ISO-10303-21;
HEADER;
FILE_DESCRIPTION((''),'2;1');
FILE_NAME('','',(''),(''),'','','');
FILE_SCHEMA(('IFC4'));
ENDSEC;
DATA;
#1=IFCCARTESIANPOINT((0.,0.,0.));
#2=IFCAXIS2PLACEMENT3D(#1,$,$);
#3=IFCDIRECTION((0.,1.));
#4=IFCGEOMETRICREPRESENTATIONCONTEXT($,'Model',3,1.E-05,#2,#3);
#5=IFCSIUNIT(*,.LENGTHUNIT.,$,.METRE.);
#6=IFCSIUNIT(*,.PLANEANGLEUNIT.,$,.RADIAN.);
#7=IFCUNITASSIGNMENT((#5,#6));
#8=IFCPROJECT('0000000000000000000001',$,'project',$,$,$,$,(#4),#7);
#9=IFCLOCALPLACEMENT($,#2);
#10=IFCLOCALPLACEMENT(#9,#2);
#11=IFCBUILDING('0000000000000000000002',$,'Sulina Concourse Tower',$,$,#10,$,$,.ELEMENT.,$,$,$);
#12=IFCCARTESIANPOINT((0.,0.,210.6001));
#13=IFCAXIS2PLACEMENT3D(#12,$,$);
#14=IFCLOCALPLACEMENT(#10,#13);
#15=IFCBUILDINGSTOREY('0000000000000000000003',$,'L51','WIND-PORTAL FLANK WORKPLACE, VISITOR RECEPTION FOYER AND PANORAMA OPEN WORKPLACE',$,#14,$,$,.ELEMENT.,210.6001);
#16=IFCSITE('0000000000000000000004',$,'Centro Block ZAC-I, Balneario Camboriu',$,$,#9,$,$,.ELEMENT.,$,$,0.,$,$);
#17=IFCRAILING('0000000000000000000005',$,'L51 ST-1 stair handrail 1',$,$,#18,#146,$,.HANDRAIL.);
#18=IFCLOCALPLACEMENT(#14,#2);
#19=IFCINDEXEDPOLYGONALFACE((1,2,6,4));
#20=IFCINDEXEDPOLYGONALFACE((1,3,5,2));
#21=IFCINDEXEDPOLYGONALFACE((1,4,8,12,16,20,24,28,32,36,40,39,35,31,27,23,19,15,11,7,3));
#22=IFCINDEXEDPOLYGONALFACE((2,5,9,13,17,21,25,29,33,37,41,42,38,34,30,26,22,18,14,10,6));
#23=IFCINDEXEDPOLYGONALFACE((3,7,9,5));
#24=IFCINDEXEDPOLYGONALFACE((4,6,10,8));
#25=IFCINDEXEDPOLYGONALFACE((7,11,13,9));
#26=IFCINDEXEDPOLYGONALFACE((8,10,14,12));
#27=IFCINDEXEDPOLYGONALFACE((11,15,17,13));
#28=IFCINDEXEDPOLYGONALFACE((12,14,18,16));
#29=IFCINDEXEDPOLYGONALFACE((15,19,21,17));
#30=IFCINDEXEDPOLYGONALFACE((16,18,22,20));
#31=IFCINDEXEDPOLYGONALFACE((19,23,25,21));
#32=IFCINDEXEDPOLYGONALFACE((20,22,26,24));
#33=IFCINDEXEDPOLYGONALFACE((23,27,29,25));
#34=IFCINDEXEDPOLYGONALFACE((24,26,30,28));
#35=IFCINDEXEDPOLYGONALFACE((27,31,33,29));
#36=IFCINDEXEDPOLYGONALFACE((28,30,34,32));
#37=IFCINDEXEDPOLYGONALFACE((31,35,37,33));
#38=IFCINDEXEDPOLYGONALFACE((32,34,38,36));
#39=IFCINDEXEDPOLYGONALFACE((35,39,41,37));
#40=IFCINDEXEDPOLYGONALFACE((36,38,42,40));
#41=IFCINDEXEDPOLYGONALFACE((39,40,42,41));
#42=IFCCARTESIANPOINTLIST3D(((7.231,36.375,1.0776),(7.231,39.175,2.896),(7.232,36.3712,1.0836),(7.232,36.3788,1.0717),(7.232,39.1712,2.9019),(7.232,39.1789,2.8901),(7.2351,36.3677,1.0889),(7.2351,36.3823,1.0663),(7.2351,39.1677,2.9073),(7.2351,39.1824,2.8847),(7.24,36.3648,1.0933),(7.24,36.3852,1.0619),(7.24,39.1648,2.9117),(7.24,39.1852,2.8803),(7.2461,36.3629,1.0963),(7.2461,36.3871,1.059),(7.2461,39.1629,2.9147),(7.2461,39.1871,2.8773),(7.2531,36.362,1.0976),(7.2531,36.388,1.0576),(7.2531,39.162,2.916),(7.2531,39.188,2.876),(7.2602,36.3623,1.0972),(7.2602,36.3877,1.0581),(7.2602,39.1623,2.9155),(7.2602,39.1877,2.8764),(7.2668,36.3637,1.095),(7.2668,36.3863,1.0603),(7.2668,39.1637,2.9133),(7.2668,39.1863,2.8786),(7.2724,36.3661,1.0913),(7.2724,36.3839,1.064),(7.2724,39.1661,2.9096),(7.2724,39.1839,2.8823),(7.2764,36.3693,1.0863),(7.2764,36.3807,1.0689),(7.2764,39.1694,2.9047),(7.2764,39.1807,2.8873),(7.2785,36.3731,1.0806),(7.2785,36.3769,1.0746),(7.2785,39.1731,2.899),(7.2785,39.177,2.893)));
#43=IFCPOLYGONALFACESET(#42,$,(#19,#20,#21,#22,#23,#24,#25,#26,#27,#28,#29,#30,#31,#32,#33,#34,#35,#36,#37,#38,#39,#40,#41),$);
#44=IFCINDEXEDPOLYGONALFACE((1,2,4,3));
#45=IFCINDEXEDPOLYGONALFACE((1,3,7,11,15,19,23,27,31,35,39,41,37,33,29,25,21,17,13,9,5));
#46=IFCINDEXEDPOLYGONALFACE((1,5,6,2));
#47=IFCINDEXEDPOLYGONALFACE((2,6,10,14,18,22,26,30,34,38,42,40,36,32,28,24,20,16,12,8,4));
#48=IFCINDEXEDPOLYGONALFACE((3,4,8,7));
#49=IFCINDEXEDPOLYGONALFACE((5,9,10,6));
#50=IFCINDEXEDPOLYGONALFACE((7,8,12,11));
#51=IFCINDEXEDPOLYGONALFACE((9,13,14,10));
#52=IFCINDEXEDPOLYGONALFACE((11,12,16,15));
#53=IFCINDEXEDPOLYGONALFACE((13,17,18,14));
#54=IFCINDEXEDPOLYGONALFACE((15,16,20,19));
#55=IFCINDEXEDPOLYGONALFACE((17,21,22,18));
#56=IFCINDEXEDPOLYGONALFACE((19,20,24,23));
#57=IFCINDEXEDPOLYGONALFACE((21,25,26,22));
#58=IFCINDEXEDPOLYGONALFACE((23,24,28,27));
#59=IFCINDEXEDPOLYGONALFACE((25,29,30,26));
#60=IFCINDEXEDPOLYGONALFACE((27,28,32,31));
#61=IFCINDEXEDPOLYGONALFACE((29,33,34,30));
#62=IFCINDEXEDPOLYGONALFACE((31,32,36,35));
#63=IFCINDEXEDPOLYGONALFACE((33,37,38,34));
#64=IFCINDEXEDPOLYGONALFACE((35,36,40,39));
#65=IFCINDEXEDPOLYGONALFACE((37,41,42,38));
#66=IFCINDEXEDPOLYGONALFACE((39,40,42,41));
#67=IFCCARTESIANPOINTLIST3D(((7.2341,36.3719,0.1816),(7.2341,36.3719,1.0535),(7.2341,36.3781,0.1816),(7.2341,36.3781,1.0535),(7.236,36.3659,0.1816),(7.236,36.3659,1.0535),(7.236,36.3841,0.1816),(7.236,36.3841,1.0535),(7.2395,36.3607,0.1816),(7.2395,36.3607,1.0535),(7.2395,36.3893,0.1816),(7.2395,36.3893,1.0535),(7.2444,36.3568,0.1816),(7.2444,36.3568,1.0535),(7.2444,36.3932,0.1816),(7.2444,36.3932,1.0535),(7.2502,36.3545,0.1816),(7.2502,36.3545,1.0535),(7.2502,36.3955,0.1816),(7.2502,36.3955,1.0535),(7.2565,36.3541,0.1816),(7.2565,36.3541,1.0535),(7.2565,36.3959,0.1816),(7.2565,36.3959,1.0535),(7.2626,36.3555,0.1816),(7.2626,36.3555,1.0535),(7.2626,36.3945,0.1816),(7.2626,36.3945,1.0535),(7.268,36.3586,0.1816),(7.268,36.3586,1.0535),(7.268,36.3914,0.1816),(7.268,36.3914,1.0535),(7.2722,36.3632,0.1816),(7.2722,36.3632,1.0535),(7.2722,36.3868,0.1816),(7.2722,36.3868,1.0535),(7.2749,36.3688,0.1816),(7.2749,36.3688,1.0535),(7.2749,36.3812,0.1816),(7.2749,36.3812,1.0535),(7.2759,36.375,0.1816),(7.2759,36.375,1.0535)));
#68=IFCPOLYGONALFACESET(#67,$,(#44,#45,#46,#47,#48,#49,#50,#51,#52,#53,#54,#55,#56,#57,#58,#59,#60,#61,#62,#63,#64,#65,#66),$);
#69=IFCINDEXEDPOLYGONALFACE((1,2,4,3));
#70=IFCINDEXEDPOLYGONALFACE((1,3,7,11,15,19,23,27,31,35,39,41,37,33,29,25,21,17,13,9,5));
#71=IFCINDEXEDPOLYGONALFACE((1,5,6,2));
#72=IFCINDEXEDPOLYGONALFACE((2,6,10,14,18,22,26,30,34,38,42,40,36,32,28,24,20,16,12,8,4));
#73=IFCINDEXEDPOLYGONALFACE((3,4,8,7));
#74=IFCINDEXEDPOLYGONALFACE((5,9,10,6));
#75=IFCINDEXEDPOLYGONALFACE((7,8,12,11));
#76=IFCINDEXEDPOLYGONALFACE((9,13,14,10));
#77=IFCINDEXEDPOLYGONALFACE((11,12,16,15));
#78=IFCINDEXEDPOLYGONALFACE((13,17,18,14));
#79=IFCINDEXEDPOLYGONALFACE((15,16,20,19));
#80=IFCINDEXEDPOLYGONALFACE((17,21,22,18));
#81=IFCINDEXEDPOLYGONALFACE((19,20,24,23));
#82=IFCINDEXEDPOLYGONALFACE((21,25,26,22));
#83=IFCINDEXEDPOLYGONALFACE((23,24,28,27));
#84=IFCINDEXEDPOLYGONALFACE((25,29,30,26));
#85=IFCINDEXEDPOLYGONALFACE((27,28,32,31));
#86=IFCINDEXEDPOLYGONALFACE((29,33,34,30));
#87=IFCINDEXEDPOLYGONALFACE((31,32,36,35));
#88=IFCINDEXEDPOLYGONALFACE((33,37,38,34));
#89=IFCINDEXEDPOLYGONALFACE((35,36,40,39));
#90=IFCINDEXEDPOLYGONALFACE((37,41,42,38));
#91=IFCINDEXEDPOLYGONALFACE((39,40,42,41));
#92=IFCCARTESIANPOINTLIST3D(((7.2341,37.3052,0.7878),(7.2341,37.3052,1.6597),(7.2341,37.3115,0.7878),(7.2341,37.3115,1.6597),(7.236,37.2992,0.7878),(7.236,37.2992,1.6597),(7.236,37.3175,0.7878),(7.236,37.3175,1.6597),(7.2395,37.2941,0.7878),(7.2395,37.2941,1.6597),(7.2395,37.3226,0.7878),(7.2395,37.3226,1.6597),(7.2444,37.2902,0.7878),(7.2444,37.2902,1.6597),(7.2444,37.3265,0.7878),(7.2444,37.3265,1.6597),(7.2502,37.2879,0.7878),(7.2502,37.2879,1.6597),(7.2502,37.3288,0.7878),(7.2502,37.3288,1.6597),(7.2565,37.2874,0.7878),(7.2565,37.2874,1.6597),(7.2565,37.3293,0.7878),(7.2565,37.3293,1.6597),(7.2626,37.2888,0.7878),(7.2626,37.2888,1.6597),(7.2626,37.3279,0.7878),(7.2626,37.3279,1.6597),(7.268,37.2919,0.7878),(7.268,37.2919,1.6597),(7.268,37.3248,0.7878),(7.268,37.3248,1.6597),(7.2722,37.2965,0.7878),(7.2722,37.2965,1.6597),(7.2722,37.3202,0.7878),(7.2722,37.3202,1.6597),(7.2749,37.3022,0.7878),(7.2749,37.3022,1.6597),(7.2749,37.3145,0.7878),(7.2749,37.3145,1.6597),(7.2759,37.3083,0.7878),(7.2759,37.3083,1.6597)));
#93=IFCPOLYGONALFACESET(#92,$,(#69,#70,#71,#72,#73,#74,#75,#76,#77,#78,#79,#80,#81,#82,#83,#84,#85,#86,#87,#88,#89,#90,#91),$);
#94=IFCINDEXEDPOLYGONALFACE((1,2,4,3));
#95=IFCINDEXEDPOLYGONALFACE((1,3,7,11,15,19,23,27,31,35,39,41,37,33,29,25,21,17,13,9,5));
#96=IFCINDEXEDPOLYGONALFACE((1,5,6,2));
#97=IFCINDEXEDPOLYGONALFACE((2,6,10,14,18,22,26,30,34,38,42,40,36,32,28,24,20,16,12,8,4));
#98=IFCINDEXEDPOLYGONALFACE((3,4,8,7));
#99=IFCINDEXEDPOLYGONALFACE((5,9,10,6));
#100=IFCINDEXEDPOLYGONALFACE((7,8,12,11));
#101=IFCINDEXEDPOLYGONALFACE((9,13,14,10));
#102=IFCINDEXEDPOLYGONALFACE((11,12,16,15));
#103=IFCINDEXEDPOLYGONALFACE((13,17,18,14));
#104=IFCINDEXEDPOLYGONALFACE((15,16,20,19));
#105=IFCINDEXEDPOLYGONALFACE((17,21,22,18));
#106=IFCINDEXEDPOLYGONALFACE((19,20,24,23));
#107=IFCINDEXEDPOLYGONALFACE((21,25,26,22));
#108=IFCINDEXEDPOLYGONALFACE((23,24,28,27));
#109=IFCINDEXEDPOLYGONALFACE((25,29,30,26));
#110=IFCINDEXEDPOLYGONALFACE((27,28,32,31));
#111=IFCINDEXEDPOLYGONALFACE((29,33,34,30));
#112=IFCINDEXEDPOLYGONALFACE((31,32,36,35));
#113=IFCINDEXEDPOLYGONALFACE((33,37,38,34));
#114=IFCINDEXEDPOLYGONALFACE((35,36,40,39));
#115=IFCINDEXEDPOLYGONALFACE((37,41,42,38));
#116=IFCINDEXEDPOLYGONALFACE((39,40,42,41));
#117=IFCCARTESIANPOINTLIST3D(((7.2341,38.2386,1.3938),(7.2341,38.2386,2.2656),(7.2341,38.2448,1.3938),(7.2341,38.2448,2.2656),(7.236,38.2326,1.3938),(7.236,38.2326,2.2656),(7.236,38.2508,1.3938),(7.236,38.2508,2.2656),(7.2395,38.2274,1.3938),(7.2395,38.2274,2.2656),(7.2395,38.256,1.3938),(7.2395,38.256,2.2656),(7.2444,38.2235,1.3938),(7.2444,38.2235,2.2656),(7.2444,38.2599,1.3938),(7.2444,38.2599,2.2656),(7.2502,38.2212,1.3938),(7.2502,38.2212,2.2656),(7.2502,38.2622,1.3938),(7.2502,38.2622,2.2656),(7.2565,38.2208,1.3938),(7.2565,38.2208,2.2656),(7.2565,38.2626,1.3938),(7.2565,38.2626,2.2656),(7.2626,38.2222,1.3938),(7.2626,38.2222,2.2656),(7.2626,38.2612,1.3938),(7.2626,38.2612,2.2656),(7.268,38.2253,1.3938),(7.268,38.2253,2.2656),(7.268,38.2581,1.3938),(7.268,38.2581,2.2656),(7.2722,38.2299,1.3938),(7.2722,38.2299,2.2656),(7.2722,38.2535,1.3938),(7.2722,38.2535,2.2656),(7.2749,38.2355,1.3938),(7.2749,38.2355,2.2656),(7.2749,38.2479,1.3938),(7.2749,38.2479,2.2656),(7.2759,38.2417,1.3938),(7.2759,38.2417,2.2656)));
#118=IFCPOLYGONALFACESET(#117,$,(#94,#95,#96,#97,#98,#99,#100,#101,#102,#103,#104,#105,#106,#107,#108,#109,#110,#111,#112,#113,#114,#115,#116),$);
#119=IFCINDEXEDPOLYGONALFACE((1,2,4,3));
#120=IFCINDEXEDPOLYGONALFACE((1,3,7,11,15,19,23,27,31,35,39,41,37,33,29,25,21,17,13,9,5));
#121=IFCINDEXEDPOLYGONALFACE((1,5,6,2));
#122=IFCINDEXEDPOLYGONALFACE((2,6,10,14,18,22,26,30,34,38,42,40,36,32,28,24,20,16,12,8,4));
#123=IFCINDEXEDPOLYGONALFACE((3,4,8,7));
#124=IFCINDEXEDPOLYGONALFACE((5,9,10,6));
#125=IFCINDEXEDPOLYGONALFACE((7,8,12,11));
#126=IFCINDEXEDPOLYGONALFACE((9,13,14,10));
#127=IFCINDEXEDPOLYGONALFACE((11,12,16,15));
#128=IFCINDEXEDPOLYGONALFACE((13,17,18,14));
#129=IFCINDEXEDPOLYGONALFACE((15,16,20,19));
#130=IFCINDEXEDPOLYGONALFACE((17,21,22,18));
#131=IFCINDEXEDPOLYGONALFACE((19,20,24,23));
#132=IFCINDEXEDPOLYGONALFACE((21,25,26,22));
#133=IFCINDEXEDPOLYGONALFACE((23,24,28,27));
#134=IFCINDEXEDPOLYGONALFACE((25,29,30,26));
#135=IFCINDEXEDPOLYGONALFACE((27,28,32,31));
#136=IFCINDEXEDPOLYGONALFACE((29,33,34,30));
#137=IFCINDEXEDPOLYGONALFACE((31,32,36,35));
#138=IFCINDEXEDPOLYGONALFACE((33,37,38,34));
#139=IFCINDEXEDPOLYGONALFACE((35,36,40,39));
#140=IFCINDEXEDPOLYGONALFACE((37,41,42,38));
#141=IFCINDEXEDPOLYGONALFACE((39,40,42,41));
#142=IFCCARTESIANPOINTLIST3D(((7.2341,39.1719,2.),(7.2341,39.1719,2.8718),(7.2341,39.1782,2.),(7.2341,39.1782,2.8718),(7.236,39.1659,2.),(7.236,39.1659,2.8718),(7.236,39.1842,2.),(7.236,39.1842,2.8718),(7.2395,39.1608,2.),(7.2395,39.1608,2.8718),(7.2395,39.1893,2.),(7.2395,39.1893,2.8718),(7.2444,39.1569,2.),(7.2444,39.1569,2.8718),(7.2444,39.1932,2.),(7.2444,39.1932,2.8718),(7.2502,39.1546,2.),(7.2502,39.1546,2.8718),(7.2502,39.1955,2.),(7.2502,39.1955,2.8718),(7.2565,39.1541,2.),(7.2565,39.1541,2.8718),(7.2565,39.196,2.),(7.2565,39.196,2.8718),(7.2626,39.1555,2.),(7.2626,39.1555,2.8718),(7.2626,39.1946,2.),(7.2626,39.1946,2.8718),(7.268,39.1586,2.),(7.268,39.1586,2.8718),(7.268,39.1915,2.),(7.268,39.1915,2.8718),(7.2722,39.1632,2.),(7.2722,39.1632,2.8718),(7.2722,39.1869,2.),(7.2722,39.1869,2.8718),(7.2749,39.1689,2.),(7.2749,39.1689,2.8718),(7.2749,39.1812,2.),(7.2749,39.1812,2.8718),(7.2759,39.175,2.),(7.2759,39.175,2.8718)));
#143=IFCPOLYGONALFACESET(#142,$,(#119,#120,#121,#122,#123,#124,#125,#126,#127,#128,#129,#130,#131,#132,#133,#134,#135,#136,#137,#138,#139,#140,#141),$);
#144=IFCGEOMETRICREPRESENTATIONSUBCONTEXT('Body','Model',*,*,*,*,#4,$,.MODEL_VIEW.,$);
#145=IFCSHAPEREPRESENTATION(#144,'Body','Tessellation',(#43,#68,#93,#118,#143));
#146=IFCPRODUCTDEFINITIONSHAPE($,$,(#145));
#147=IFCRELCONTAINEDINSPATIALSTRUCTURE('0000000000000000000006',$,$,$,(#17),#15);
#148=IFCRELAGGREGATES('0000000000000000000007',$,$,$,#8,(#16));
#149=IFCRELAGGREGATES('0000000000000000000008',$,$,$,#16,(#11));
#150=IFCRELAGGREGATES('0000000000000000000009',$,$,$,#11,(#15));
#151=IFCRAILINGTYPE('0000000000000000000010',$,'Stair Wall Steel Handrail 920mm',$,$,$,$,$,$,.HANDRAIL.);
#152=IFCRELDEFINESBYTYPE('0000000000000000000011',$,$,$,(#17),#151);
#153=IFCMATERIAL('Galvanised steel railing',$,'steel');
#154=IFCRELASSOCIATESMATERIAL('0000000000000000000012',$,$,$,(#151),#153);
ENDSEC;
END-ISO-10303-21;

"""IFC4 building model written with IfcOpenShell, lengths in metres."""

from ifc_helpers import new_model, si_unit, direction, frame, origin, origin_2d, place, context, subcontext, project, spatial, circle, extrude, material, type_object, element, save


model = new_model("IFC4")

# Units and contexts
model_context = context("Model", 3, precision=1e-05, world=origin(), true_north=direction((0.0, 1.0)))
body_context = subcontext(model_context, "Body", "Model", "MODEL_VIEW")
ifc_project = project(units=[si_unit("LENGTHUNIT", "METRE"), si_unit("PLANEANGLEUNIT", "RADIAN")], contexts=[model_context])

# Site, building, storey
site_placement = place(None, origin())
site = spatial("IfcSite", under=ifc_project, at=site_placement, Name="Centro Block ZAC-I, Balneario Camboriu", CompositionType="ELEMENT", RefElevation=0.0)
building_placement = place(site_placement, origin())
building = spatial("IfcBuilding", under=site, at=building_placement, Name="Sulina Concourse Tower", CompositionType="ELEMENT")
storey_placement = place(building_placement, frame((0.0, 0.0, 210.6001)))
storey = spatial("IfcBuildingStorey", under=building, at=storey_placement, Name="L51", Description="WIND-PORTAL FLANK WORKPLACE, VISITOR RECEPTION FOYER AND PANORAMA OPEN WORKPLACE", CompositionType="ELEMENT", Elevation=210.6001)

# Railing
ifc_material_1 = material(Name="Galvanised steel railing", Category="steel")
railing_type_1 = type_object("IfcRailingType", Name="Stair Wall Steel Handrail 920mm", PredefinedType="HANDRAIL", material=ifc_material_1)
railing_1_placement = place(storey_placement, frame((7.2549, 36.375, 0.1816)))
element("IfcRailing", 1, at=railing_1_placement, inside=storey, type_object=railing_type_1, Name="L51 ST-1 stair handrail 1", PredefinedType="HANDRAIL", context=body_context, shape_type="SweptSolid", body=[
    extrude(circle(Radius=0.0239, at=origin_2d()), frame((0.0, 0.0, 0.896), z_axis=(0.0, 0.838672, 0.544636), x_axis=(-1.0, 0.0, 0.0)), (0.0, 0.0, 1.0), 3.3386),
    extrude(circle(Radius=0.021, at=origin_2d()), origin(), (0.0, 0.0, 1.0), 0.8718),
    extrude(circle(Radius=0.021, at=origin_2d()), frame((0.0, 0.9333, 0.6062)), (0.0, 0.0, 1.0), 0.8718),
    extrude(circle(Radius=0.021, at=origin_2d()), frame((0.0, 1.8667, 1.2122)), (0.0, 0.0, 1.0), 0.8718),
    extrude(circle(Radius=0.021, at=origin_2d()), frame((0.0, 2.8, 1.8184)), (0.0, 0.0, 1.0), 0.8718),
])

save(model, "model.ifc")
